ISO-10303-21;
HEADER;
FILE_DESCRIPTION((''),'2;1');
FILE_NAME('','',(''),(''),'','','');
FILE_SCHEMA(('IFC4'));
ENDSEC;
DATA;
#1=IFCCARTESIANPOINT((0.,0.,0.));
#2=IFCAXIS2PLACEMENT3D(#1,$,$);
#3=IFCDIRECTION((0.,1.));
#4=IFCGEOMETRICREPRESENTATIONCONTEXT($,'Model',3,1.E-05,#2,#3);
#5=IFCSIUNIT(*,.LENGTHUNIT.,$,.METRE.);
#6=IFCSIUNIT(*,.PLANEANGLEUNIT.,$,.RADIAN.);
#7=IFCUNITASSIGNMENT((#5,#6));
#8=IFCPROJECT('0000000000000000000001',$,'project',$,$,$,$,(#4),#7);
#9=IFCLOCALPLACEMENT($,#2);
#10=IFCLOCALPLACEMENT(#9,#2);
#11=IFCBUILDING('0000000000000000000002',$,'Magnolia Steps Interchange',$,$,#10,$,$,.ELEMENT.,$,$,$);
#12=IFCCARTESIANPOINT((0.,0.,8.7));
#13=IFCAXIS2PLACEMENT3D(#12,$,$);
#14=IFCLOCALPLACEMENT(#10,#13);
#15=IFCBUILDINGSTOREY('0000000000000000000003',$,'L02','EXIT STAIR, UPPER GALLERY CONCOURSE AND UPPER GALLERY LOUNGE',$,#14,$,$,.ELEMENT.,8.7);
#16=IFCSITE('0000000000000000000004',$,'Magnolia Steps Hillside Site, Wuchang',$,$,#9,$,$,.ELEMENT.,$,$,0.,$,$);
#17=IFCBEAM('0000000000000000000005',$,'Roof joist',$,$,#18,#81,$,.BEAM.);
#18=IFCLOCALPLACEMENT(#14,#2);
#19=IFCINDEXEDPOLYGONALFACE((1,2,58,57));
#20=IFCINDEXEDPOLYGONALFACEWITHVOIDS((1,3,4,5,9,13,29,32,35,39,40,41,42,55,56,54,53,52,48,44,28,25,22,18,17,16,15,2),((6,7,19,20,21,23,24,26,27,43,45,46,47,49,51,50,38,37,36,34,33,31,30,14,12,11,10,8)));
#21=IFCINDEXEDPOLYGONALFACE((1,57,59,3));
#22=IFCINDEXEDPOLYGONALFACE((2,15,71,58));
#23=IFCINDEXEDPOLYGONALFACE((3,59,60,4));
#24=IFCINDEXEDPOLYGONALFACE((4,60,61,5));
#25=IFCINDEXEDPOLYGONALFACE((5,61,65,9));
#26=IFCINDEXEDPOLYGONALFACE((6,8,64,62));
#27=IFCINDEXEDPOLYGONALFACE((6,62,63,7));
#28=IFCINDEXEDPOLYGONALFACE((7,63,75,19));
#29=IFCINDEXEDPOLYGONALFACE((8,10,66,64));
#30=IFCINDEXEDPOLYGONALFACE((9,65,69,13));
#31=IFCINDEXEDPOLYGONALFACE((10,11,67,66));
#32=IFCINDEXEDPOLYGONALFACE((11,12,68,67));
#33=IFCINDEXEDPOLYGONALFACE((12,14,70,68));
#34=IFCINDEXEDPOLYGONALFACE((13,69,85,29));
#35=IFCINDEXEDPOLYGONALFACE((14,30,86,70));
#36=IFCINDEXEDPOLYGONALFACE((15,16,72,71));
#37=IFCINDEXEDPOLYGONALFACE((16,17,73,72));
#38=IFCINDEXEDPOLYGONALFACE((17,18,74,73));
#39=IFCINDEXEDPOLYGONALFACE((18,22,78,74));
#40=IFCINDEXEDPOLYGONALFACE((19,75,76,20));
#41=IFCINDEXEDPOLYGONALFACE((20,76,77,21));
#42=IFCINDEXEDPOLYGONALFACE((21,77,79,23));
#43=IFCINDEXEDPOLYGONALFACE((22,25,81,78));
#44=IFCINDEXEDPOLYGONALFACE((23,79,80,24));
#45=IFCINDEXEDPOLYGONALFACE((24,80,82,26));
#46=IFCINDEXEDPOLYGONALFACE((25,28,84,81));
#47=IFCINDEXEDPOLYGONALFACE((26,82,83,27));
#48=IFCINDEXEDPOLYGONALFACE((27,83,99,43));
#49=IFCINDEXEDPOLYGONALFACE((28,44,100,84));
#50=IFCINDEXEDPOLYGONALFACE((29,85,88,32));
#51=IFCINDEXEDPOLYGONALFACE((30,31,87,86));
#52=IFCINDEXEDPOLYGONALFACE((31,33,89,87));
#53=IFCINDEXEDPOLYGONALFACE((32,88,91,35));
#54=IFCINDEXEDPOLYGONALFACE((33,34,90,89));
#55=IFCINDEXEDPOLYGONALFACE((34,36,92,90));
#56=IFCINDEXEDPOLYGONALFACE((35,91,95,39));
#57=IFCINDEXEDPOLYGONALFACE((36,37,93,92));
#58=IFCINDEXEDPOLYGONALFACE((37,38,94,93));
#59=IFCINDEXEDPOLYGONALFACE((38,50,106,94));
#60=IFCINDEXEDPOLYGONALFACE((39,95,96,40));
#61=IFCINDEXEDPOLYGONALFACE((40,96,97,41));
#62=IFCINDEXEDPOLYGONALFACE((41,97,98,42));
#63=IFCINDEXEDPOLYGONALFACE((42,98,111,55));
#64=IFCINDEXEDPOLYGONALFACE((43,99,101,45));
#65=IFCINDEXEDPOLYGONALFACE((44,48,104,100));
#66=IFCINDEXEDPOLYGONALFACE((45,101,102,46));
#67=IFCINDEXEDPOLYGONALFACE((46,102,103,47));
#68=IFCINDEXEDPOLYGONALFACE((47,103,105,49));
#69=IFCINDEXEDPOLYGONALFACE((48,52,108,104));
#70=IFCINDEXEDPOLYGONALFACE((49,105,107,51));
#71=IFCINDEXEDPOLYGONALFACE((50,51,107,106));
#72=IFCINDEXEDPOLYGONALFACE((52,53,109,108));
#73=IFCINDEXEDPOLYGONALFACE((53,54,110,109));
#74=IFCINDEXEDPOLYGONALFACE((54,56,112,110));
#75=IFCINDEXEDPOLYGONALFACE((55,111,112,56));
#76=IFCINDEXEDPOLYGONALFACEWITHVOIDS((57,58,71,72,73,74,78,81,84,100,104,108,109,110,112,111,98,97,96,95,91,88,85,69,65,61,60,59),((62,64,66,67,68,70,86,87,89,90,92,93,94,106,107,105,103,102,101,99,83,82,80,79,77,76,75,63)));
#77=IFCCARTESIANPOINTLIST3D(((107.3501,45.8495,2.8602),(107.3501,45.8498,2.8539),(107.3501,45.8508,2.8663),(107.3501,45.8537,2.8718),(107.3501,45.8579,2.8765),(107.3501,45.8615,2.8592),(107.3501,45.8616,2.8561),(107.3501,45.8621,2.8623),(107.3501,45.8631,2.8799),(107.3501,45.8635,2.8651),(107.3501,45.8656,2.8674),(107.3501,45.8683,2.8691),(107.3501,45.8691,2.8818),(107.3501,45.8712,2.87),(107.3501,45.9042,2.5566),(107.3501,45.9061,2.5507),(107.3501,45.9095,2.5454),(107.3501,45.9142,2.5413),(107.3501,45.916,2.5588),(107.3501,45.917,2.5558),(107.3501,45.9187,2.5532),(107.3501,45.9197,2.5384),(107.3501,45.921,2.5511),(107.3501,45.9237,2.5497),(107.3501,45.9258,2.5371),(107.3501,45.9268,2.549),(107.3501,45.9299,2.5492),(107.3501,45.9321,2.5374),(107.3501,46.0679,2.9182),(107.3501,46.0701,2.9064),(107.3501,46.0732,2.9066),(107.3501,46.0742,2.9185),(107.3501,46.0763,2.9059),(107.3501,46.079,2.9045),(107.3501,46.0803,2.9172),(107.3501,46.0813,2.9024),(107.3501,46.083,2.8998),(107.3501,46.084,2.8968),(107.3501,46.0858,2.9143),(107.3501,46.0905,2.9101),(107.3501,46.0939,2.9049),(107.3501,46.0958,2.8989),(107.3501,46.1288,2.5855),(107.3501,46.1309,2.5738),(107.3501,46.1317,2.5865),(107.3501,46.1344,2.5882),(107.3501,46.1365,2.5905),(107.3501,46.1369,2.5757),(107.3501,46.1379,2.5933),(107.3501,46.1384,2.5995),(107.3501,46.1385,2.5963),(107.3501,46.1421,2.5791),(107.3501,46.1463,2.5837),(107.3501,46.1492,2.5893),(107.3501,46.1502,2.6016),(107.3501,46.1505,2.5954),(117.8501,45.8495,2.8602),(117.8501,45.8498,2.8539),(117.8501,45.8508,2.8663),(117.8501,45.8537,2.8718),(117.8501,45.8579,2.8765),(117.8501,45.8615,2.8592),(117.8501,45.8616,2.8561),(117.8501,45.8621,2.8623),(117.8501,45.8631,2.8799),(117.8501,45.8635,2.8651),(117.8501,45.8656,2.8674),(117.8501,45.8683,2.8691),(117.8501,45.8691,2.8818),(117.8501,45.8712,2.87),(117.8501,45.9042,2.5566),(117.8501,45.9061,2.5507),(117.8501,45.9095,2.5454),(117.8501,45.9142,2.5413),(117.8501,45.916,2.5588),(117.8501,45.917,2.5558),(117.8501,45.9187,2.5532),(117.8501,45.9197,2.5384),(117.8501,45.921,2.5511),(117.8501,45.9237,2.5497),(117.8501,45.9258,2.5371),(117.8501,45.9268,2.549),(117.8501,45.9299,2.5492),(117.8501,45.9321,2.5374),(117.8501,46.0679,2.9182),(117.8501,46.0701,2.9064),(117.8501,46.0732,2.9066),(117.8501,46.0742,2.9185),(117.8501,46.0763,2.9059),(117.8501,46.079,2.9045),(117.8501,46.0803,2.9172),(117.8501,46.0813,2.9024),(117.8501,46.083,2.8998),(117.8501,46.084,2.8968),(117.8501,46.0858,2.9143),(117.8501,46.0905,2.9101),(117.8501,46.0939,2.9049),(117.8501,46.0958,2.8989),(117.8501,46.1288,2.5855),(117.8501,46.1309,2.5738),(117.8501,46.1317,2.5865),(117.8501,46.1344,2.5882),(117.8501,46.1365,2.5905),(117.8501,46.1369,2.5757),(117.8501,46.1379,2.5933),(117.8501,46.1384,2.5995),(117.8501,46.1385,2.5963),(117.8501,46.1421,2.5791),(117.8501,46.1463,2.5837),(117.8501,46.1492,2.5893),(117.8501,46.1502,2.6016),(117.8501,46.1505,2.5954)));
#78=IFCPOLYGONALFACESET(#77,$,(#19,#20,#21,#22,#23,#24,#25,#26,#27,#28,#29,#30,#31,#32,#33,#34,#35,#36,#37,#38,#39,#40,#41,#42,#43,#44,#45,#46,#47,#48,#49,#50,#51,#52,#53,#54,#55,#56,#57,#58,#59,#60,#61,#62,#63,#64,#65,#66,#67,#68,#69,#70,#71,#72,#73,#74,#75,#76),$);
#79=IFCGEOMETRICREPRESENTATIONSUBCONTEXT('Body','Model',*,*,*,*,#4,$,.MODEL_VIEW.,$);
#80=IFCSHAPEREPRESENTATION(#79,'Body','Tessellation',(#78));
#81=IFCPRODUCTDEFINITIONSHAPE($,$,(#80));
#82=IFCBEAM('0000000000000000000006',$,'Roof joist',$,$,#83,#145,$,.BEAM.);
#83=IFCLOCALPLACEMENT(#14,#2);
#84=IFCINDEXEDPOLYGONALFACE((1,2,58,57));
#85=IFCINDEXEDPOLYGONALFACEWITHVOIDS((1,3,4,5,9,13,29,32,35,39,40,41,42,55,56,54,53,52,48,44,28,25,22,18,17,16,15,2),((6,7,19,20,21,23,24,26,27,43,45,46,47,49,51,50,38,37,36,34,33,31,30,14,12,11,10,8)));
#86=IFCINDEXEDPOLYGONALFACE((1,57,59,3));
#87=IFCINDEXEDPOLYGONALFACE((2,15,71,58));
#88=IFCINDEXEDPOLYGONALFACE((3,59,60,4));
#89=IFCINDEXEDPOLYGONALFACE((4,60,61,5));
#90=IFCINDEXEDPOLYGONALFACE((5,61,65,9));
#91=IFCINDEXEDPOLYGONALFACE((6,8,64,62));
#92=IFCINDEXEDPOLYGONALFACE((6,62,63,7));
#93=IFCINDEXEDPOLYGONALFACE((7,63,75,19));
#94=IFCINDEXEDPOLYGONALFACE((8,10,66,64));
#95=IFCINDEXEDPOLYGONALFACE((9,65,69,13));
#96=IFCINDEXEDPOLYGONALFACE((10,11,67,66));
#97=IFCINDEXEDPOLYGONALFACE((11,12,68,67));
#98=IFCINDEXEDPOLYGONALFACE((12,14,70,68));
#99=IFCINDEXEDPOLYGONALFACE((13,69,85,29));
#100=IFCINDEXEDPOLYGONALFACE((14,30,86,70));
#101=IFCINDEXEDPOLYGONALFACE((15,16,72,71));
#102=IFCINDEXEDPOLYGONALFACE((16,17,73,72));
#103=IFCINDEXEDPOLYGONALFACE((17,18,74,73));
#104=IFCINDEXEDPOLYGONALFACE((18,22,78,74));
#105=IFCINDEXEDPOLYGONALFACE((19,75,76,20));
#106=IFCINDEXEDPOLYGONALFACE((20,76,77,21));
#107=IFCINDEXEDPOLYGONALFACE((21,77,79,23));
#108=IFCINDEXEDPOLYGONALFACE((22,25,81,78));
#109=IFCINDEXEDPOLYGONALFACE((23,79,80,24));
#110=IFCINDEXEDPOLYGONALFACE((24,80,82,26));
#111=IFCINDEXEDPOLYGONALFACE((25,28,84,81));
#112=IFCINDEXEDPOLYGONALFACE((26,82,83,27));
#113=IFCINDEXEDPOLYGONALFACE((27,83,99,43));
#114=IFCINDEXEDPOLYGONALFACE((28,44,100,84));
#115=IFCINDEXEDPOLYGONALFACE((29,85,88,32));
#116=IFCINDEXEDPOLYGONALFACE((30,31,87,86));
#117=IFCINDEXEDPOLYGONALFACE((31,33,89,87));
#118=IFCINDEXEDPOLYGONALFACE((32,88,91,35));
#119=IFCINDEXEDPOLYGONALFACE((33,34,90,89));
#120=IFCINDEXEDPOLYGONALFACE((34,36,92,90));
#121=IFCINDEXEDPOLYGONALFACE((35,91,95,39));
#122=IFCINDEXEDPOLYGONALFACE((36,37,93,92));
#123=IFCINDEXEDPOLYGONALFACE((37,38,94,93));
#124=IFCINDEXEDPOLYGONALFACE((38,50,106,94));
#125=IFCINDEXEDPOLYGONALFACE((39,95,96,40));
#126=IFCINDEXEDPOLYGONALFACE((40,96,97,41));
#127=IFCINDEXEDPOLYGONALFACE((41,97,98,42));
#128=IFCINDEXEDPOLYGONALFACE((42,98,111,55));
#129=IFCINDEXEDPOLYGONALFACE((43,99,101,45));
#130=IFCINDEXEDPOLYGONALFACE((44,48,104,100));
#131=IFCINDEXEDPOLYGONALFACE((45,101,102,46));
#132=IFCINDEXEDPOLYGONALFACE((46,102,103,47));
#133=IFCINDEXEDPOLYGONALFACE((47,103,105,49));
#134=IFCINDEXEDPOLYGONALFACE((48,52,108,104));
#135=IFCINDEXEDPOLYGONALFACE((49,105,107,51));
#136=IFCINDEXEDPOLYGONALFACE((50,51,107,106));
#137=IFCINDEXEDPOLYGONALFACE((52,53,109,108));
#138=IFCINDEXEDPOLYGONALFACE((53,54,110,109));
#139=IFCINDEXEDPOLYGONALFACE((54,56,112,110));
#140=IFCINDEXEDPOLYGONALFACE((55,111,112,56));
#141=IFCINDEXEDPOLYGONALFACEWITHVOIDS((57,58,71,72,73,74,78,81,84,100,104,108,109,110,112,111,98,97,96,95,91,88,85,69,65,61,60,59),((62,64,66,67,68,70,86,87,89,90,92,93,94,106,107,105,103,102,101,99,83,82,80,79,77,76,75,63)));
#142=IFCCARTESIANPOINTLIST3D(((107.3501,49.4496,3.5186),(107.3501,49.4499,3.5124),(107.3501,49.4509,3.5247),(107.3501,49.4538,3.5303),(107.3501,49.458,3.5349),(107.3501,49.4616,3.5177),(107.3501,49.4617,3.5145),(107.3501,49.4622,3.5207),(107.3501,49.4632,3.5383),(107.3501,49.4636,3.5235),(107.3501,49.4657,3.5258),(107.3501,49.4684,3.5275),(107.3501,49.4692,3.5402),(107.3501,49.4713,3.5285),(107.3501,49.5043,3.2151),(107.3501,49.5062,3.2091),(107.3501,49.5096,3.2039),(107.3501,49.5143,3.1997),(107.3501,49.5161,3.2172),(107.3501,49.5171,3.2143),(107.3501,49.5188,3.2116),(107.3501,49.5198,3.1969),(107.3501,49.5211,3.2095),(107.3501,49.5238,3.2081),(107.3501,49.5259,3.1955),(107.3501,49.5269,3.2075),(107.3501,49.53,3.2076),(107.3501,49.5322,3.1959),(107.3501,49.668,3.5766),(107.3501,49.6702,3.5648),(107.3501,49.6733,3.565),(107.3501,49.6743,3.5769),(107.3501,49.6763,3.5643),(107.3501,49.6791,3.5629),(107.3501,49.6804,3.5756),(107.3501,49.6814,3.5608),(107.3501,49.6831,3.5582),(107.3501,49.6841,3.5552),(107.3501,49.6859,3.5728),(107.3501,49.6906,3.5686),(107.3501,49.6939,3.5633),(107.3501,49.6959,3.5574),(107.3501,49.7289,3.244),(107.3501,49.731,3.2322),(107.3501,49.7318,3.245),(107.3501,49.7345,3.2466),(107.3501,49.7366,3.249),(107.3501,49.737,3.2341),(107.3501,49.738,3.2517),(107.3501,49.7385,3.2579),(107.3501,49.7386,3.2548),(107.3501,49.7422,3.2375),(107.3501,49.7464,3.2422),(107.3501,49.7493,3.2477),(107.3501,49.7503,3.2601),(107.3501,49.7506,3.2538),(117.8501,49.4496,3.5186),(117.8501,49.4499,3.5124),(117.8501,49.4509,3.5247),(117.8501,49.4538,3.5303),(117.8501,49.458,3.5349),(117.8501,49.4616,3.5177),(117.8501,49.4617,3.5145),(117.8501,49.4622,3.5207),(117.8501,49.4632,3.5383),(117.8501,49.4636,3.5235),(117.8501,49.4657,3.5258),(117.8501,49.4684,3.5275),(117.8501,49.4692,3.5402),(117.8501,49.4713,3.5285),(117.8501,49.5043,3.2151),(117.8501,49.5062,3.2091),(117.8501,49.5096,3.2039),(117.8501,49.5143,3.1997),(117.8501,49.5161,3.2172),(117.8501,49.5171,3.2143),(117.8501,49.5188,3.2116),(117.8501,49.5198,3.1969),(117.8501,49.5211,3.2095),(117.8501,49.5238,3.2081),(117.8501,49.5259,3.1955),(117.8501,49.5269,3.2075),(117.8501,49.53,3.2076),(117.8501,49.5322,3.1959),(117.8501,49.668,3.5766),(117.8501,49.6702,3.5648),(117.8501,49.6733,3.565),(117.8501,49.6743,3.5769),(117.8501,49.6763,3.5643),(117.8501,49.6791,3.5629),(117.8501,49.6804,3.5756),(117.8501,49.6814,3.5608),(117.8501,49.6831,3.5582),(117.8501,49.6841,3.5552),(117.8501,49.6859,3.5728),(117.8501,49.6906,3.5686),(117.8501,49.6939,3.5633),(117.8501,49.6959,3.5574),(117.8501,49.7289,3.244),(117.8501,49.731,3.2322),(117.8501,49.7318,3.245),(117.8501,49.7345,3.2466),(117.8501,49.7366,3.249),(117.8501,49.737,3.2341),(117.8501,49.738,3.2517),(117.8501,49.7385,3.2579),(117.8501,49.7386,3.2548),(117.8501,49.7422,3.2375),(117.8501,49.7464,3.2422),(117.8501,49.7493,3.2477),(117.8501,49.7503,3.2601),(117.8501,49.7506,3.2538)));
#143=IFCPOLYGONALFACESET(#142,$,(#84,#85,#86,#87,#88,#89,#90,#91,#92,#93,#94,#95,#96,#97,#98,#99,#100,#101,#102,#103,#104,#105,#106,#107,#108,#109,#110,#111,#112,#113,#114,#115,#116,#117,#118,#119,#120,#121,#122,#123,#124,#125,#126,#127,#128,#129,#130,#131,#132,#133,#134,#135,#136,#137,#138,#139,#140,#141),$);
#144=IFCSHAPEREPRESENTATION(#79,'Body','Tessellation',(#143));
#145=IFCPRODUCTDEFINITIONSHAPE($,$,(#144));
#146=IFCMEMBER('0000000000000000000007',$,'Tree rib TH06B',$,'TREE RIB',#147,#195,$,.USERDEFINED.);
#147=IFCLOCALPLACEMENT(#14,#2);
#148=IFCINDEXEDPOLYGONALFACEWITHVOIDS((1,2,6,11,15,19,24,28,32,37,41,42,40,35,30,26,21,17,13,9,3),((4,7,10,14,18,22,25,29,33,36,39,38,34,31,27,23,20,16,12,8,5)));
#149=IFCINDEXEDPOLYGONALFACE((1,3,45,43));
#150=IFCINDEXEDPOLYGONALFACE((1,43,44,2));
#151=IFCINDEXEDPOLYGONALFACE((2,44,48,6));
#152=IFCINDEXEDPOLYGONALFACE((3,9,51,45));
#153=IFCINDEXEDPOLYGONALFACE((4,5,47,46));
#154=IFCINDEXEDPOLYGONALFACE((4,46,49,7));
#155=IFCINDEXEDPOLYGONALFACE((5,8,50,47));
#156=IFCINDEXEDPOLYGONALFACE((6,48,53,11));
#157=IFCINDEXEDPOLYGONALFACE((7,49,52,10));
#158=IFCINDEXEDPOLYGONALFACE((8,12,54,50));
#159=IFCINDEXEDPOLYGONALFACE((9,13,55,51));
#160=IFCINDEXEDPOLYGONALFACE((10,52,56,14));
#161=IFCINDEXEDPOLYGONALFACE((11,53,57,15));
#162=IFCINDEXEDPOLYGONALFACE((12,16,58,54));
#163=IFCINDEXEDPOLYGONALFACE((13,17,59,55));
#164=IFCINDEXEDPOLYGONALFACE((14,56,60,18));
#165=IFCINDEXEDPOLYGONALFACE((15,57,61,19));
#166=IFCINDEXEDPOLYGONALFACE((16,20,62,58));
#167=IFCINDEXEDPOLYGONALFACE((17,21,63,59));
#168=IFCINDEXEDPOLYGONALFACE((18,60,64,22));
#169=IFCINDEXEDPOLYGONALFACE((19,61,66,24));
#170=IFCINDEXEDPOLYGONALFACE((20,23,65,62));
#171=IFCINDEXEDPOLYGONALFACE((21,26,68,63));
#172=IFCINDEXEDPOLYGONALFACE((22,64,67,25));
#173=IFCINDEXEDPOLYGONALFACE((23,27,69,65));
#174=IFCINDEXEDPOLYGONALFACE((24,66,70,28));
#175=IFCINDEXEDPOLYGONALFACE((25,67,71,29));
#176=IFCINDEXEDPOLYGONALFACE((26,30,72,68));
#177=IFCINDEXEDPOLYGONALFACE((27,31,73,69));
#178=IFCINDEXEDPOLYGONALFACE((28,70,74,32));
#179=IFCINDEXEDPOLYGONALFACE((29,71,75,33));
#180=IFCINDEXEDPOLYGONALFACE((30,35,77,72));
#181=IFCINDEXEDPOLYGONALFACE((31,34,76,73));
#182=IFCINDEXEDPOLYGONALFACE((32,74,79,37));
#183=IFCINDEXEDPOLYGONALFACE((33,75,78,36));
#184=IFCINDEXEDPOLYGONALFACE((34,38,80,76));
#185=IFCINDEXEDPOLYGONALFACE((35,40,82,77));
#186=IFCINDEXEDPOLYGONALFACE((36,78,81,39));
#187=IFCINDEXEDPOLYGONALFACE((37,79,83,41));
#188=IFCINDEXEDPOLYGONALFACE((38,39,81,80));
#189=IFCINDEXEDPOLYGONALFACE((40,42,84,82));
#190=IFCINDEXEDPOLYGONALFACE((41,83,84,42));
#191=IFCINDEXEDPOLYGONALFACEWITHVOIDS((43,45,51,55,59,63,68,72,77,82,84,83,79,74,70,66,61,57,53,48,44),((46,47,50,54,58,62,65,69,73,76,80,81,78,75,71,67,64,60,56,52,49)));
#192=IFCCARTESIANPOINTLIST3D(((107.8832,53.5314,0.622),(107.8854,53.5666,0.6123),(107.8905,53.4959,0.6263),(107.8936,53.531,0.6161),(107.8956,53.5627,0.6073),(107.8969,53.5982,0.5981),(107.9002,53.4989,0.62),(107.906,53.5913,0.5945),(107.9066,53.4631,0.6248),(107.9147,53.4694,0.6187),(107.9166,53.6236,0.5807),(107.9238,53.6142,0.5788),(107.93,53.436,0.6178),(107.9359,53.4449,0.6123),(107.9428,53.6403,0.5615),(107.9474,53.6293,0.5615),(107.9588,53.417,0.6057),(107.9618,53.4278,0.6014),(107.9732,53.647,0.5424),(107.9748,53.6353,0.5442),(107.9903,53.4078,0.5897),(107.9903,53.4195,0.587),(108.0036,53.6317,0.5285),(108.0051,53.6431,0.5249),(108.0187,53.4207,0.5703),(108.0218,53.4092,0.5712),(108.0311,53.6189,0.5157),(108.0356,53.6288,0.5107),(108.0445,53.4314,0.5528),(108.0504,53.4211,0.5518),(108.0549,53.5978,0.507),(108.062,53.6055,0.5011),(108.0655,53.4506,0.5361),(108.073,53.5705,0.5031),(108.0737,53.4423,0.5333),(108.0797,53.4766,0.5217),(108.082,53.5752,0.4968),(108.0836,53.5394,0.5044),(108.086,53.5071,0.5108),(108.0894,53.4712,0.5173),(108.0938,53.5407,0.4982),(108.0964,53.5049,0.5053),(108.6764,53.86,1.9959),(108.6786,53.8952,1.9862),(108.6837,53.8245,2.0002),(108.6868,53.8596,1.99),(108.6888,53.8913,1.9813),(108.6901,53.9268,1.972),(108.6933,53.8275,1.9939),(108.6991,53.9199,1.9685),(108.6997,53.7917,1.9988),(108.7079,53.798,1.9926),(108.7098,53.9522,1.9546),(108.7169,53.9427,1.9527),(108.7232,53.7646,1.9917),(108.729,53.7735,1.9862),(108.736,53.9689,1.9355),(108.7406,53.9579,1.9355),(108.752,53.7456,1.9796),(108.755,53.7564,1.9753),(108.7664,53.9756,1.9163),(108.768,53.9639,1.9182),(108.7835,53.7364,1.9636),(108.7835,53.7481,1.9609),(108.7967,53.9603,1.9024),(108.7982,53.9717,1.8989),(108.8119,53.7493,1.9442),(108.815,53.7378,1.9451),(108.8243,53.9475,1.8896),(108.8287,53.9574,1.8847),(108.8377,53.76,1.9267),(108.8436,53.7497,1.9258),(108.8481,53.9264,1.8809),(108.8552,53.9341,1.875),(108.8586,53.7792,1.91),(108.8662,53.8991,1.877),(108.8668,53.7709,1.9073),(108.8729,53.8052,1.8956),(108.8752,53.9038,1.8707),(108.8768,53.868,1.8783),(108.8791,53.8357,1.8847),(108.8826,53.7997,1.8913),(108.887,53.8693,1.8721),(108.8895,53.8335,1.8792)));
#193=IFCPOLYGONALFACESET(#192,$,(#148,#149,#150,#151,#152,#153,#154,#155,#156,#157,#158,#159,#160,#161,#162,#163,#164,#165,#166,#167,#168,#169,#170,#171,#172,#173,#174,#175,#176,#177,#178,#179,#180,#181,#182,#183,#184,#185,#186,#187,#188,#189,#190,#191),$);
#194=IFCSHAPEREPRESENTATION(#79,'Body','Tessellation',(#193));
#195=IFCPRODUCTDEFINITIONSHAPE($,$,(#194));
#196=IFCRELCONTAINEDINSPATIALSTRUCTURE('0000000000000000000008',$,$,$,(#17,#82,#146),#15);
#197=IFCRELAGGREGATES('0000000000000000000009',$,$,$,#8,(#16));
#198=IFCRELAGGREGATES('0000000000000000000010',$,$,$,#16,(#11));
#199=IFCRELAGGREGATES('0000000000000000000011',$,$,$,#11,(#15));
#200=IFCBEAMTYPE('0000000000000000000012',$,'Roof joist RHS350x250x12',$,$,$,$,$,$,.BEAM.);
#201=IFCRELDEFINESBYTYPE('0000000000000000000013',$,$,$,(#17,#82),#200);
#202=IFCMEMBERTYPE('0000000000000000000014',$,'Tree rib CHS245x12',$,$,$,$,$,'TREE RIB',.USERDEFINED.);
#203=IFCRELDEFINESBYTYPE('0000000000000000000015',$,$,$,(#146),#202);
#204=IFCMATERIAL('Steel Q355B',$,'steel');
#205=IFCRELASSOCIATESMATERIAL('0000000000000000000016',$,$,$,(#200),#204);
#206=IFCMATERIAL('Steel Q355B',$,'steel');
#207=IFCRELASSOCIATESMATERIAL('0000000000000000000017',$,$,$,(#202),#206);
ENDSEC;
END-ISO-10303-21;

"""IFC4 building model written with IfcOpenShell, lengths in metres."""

from ifc_helpers import new_model, si_unit, direction, frame, origin, origin_2d, place, context, subcontext, project, spatial, hollow_rectangle, hollow_circle, extrude, material, material_profile, profile_set, type_object, element, save


model = new_model("IFC4")

# Units and contexts
model_context = context("Model", 3, precision=1e-05, world=origin(), true_north=direction((0.0, 1.0)))
body_context = subcontext(model_context, "Body", "Model", "MODEL_VIEW")
ifc_project = project(units=[si_unit("LENGTHUNIT", "METRE"), si_unit("PLANEANGLEUNIT", "RADIAN")], contexts=[model_context])

# Site, building, storey
site_placement = place(None, origin())
site = spatial("IfcSite", under=ifc_project, at=site_placement, Name="Magnolia Steps Hillside Site, Wuchang", CompositionType="ELEMENT", RefElevation=0.0)
building_placement = place(site_placement, origin())
building = spatial("IfcBuilding", under=site, at=building_placement, Name="Magnolia Steps Interchange", CompositionType="ELEMENT")
storey_placement = place(building_placement, frame((0.0, 0.0, 8.7)))
storey = spatial("IfcBuildingStorey", under=building, at=storey_placement, Name="L02", Description="EXIT STAIR, UPPER GALLERY CONCOURSE AND UPPER GALLERY LOUNGE", CompositionType="ELEMENT", Elevation=8.7)

# Beams
ifc_material_1 = material(Name="Steel Q355B", Category="steel")
ifc_material_profile_1 = material_profile(ifc_material_1, hollow_rectangle(XDim=0.25, YDim=0.3501, WallThickness=0.012, InnerFilletRadius=0.012, OuterFilletRadius=0.0239, at=origin_2d()), Name="RHS350x250x12")
ifc_profile_set_1 = profile_set([ifc_material_profile_1], Name="Steel Q355B")
beam_type_1 = type_object("IfcBeamType", Name="Roof joist RHS350x250x12", PredefinedType="BEAM", material=ifc_profile_set_1)
for number, where, z_axis, x_axis, name in (
    (1, (107.3501, 46.0, 2.7278), (1.0, 0.0, 0.0), (0.0, 0.983677, 0.179941), "Roof joist"),
    (2, (107.3501, 49.6001, 3.3862), (1.0, 0.0, 0.0), (0.0, 0.983677, 0.179941), "Roof joist"),
):
    element("IfcBeam", number, at=place(storey_placement, frame(where, z_axis=z_axis, x_axis=x_axis)), inside=storey, type_object=beam_type_1, Name=name, PredefinedType="BEAM", context=body_context, shape_type="SweptSolid", body=[
        extrude(hollow_rectangle(XDim=0.25, YDim=0.3501, WallThickness=0.012, InnerFilletRadius=0.012, OuterFilletRadius=0.0239, at=origin_2d()), origin(), (0.0, 0.0, 1.0), 10.5),
    ])

# Member
ifc_material_2 = material(Name="Steel Q355B", Category="steel")
ifc_material_profile_2 = material_profile(ifc_material_2, hollow_circle(Radius=0.1226, WallThickness=0.012, at=origin_2d()), Name="CHS245x12")
ifc_profile_set_2 = profile_set([ifc_material_profile_2], Name="Steel Q355B")
member_type = type_object("IfcMemberType", Name="Tree rib CHS245x12", ElementType="TREE RIB", PredefinedType="USERDEFINED", material=ifc_profile_set_2)
for number, where, z_axis, x_axis, name in (
    (3, (107.9897, 53.5271, 0.5615), (0.489571, 0.20282, 0.848047), (-0.382737, 0.923857, 0.0), "Tree rib TH06B"),
):
    element("IfcMember", number, at=place(storey_placement, frame(where, z_axis=z_axis, x_axis=x_axis)), inside=storey, type_object=member_type, Name=name, ObjectType="TREE RIB", PredefinedType="USERDEFINED", context=body_context, shape_type="SweptSolid", body=[
        extrude(hollow_circle(Radius=0.1226, WallThickness=0.012, at=origin_2d()), origin(), (0.0, 0.0, 1.0), 1.6201),
    ])

save(model, "model.ifc")
